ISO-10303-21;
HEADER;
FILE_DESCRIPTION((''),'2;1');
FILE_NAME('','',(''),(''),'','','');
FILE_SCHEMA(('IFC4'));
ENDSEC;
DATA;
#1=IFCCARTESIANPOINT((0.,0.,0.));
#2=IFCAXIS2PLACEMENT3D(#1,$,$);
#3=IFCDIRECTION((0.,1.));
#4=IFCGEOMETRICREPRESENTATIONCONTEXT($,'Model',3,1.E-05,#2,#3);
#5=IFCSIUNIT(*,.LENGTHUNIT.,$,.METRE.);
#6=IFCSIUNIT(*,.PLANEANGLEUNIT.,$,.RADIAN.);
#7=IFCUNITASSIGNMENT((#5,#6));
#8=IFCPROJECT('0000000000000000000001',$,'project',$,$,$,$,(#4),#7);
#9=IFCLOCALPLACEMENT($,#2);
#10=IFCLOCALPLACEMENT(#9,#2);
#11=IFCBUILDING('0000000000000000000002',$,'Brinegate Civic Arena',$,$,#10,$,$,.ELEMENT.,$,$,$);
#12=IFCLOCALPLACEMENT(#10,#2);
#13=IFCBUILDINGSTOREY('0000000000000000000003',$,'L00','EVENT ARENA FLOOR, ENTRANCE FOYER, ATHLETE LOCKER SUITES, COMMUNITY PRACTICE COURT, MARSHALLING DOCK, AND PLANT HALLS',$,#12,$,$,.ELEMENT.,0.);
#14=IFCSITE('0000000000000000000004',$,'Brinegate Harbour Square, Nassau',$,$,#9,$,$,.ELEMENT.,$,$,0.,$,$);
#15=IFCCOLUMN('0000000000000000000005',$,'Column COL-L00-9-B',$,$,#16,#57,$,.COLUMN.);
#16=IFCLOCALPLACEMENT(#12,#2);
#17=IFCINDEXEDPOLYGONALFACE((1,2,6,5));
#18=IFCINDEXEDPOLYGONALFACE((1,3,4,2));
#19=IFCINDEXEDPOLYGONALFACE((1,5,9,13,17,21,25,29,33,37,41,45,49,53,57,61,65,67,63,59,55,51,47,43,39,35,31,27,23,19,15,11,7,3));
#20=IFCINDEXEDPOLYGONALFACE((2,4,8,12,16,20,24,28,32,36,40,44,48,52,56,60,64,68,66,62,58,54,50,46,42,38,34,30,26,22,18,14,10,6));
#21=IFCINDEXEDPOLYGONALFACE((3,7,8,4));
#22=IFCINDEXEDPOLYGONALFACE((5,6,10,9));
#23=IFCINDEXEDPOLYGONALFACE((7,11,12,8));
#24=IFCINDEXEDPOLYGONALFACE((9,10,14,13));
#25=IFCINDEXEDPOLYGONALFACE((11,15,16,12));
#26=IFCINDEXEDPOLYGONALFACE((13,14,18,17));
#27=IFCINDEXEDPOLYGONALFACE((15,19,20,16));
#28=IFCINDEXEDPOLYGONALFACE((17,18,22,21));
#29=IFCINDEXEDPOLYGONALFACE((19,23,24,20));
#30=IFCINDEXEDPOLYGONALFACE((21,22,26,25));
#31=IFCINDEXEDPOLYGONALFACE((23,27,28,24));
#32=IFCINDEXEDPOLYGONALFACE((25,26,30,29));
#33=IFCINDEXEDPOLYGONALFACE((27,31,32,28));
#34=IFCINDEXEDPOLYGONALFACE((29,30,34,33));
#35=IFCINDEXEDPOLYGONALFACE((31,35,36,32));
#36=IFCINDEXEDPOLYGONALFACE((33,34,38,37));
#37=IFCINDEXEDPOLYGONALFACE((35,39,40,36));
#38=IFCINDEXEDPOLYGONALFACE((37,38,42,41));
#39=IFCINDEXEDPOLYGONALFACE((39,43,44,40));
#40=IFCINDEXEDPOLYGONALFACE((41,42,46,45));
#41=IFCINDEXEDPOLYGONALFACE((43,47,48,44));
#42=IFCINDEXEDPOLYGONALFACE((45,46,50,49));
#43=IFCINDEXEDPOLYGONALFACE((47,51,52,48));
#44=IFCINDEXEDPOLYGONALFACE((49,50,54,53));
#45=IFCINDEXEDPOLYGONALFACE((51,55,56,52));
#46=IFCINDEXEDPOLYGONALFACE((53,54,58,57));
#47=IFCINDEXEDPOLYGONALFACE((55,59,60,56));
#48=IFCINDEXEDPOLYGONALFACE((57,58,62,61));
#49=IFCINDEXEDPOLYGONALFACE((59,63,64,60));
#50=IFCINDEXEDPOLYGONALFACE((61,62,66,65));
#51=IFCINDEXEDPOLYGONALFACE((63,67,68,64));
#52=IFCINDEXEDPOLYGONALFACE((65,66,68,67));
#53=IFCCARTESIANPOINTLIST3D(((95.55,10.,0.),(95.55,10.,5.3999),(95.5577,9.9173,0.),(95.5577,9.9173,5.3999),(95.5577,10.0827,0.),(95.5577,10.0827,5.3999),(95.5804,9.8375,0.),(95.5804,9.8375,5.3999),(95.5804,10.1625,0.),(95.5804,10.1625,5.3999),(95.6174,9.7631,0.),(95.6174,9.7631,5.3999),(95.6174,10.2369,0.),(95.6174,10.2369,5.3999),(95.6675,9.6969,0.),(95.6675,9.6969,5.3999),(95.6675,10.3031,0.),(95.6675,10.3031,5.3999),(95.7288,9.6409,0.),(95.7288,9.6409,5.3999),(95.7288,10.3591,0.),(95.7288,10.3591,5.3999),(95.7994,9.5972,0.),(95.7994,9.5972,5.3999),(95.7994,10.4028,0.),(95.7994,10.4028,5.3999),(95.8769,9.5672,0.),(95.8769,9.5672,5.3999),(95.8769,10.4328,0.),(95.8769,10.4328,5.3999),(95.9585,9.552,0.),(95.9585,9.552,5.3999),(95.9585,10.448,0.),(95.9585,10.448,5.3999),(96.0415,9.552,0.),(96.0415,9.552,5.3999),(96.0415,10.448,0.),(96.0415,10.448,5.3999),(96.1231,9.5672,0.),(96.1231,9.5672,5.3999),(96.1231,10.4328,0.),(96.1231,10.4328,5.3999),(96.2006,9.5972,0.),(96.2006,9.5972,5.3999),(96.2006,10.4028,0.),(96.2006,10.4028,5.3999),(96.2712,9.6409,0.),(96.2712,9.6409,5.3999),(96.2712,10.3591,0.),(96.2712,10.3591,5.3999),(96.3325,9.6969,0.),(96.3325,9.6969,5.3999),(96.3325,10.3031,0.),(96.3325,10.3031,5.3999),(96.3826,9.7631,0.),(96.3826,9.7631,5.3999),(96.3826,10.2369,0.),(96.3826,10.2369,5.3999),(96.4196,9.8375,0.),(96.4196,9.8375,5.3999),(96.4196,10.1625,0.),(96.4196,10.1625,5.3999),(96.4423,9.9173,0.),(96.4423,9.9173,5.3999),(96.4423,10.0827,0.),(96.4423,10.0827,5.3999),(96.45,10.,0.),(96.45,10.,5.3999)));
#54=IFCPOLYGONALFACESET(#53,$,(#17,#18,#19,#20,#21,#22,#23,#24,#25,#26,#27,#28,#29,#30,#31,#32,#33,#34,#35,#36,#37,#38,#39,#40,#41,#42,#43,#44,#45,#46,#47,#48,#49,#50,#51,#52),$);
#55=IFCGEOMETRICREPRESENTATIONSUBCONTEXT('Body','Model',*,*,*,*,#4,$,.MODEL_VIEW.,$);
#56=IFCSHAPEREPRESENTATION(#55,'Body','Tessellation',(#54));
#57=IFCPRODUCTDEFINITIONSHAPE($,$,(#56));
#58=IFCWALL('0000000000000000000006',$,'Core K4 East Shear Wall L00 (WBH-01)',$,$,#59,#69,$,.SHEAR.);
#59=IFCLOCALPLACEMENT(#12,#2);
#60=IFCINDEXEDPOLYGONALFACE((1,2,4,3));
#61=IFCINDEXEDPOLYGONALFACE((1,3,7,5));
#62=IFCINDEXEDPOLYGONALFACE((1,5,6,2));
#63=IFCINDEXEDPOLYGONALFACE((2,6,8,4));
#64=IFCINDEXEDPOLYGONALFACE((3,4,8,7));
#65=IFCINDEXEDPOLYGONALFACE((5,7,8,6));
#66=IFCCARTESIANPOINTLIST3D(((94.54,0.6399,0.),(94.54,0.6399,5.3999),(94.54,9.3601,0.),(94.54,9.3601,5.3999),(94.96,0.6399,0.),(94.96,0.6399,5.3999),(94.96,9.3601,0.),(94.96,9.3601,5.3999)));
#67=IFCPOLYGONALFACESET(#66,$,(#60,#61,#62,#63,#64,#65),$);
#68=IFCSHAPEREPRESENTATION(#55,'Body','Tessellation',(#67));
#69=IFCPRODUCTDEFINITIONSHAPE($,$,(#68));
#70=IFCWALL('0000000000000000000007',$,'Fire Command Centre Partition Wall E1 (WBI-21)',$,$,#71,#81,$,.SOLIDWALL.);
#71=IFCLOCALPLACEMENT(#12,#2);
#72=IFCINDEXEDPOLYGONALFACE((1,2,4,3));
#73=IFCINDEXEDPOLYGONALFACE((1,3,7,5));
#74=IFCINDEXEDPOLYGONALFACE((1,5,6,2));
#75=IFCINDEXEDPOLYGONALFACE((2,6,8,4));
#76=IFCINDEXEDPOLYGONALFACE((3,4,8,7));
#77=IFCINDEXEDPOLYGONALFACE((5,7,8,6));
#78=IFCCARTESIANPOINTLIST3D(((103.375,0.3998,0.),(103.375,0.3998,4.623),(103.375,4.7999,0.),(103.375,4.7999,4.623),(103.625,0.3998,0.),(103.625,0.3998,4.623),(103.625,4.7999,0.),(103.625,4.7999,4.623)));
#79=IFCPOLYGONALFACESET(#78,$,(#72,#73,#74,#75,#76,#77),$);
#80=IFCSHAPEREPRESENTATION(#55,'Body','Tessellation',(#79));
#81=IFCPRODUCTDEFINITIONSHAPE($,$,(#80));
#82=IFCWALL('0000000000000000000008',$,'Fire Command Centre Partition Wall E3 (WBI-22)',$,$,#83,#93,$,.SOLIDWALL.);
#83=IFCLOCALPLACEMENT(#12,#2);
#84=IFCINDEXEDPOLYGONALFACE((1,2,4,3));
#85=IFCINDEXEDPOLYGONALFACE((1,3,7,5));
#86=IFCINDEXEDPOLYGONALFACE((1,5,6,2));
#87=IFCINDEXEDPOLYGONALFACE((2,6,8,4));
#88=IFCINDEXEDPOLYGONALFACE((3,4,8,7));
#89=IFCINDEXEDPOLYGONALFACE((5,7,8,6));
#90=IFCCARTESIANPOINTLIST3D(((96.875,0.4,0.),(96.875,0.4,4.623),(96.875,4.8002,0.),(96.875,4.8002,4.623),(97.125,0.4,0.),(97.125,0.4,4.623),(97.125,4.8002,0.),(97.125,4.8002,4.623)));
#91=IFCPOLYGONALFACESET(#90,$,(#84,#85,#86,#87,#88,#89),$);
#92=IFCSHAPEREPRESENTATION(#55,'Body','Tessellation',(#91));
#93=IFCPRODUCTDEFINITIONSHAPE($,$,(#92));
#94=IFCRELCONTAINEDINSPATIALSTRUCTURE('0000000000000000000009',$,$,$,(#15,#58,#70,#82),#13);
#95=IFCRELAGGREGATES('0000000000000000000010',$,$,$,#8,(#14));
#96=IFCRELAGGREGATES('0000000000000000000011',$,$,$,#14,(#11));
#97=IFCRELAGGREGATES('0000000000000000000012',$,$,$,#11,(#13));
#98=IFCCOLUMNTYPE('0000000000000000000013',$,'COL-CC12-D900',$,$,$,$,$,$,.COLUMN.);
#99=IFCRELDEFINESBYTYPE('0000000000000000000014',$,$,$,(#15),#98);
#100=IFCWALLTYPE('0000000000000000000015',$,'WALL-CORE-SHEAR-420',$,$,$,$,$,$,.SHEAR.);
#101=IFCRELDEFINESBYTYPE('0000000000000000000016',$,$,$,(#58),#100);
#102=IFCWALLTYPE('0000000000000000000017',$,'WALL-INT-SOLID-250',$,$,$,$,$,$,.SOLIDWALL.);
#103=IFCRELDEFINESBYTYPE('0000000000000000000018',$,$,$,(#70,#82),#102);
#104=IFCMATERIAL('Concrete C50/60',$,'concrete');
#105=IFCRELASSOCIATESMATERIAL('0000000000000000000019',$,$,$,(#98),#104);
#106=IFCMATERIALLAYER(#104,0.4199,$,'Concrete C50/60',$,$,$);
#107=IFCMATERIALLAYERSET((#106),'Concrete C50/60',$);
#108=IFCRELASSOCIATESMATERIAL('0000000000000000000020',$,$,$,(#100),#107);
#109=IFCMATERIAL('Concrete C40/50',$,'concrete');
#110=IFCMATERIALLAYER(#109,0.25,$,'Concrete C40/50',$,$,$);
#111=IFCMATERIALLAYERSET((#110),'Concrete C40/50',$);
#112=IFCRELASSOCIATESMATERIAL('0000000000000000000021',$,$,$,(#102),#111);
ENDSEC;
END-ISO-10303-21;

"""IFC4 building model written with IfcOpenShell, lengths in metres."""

from ifc_helpers import new_model, si_unit, direction, frame, frame_2d, origin, origin_2d, place, context, subcontext, project, spatial, rectangle, circle, extrude, material, layer, layer_set, material_profile, profile_set, type_object, element, save


model = new_model("IFC4")

# Units and contexts
model_context = context("Model", 3, precision=1e-05, world=origin(), true_north=direction((0.0, 1.0)))
body_context = subcontext(model_context, "Body", "Model", "MODEL_VIEW")
ifc_project = project(units=[si_unit("LENGTHUNIT", "METRE"), si_unit("PLANEANGLEUNIT", "RADIAN")], contexts=[model_context])

# Site, building, storey
site_placement = place(None, origin())
site = spatial("IfcSite", under=ifc_project, at=site_placement, Name="Brinegate Harbour Square, Nassau", CompositionType="ELEMENT", RefElevation=0.0)
building_placement = place(site_placement, origin())
building = spatial("IfcBuilding", under=site, at=building_placement, Name="Brinegate Civic Arena", CompositionType="ELEMENT")
storey_placement = place(building_placement, origin())
storey = spatial("IfcBuildingStorey", under=building, at=storey_placement, Name="L00", Description="EVENT ARENA FLOOR, ENTRANCE FOYER, ATHLETE LOCKER SUITES, COMMUNITY PRACTICE COURT, MARSHALLING DOCK, AND PLANT HALLS", CompositionType="ELEMENT", Elevation=0.0)

# Shared definitions
ifc_material_1 = material(Name="Concrete C40/50", Category="concrete")

# Column
ifc_material_2 = material(Name="Concrete C50/60", Category="concrete")
ifc_material_profile_1 = material_profile(ifc_material_2, circle(Radius=0.45, at=origin_2d()), Name="RCD900")
ifc_profile_set_1 = profile_set([ifc_material_profile_1], Name="Concrete C50/60")
column_type_1 = type_object("IfcColumnType", Name="COL-CC12-D900", PredefinedType="COLUMN", material=ifc_profile_set_1)
column_1_placement = place(storey_placement, frame((96.0, 10.0, 0.0), z_axis=(0.0, 0.0, 1.0), x_axis=(1.0, 0.0, 0.0)))
element("IfcColumn", 1, at=column_1_placement, inside=storey, type_object=column_type_1, Name="Column COL-L00-9-B", PredefinedType="COLUMN", context=body_context, shape_type="SweptSolid", body=[
    extrude(circle(Radius=0.45, at=origin_2d()), origin(), (0.0, 0.0, 1.0), 5.3999),
])

# Wall
ifc_layer_1 = layer(ifc_material_2, 0.4199, Name="Concrete C50/60")
ifc_layer_set_1 = layer_set([ifc_layer_1], Name="Concrete C50/60")
wall_type_1 = type_object("IfcWallType", Name="WALL-CORE-SHEAR-420", PredefinedType="SHEAR", material=ifc_layer_set_1)
wall_1_placement = place(storey_placement, frame((94.75, 0.6399, 0.0), z_axis=(0.0, 0.0, 1.0), x_axis=(0.0, 1.0, 0.0)))
element("IfcWall", 2, at=wall_1_placement, inside=storey, type_object=wall_type_1, Name="Core K4 East Shear Wall L00 (WBH-01)", PredefinedType="SHEAR", context=body_context, shape_type="SweptSolid", body=[
    extrude(rectangle(XDim=8.7202, YDim=0.4199, at=frame_2d((4.3601, 0.0))), origin(), (0.0, 0.0, 1.0), 5.3999),
])

# Walls
ifc_layer_2 = layer(ifc_material_1, 0.25, Name="Concrete C40/50")
ifc_layer_set_2 = layer_set([ifc_layer_2], Name="Concrete C40/50")
wall_type_2 = type_object("IfcWallType", Name="WALL-INT-SOLID-250", PredefinedType="SOLIDWALL", material=ifc_layer_set_2)
for number, where, z_axis, x_axis, name in (
    (3, (103.5, 4.8, 0.0), (0.0, 0.0, 1.0), (0.0, -1.0, 0.0), "Fire Command Centre Partition Wall E1 (WBI-21)"),
    (4, (97.0, 0.3999, 0.0), (0.0, 0.0, 1.0), (0.0, 1.0, 0.0), "Fire Command Centre Partition Wall E3 (WBI-22)"),
):
    element("IfcWall", number, at=place(storey_placement, frame(where, z_axis=z_axis, x_axis=x_axis)), inside=storey, type_object=wall_type_2, Name=name, PredefinedType="SOLIDWALL", context=body_context, shape_type="SweptSolid", body=[
        extrude(rectangle(XDim=4.4001, YDim=0.25, at=frame_2d((2.2002, 0.0))), origin(), (0.0, 0.0, 1.0), 4.623),
    ])

save(model, "model.ifc")
